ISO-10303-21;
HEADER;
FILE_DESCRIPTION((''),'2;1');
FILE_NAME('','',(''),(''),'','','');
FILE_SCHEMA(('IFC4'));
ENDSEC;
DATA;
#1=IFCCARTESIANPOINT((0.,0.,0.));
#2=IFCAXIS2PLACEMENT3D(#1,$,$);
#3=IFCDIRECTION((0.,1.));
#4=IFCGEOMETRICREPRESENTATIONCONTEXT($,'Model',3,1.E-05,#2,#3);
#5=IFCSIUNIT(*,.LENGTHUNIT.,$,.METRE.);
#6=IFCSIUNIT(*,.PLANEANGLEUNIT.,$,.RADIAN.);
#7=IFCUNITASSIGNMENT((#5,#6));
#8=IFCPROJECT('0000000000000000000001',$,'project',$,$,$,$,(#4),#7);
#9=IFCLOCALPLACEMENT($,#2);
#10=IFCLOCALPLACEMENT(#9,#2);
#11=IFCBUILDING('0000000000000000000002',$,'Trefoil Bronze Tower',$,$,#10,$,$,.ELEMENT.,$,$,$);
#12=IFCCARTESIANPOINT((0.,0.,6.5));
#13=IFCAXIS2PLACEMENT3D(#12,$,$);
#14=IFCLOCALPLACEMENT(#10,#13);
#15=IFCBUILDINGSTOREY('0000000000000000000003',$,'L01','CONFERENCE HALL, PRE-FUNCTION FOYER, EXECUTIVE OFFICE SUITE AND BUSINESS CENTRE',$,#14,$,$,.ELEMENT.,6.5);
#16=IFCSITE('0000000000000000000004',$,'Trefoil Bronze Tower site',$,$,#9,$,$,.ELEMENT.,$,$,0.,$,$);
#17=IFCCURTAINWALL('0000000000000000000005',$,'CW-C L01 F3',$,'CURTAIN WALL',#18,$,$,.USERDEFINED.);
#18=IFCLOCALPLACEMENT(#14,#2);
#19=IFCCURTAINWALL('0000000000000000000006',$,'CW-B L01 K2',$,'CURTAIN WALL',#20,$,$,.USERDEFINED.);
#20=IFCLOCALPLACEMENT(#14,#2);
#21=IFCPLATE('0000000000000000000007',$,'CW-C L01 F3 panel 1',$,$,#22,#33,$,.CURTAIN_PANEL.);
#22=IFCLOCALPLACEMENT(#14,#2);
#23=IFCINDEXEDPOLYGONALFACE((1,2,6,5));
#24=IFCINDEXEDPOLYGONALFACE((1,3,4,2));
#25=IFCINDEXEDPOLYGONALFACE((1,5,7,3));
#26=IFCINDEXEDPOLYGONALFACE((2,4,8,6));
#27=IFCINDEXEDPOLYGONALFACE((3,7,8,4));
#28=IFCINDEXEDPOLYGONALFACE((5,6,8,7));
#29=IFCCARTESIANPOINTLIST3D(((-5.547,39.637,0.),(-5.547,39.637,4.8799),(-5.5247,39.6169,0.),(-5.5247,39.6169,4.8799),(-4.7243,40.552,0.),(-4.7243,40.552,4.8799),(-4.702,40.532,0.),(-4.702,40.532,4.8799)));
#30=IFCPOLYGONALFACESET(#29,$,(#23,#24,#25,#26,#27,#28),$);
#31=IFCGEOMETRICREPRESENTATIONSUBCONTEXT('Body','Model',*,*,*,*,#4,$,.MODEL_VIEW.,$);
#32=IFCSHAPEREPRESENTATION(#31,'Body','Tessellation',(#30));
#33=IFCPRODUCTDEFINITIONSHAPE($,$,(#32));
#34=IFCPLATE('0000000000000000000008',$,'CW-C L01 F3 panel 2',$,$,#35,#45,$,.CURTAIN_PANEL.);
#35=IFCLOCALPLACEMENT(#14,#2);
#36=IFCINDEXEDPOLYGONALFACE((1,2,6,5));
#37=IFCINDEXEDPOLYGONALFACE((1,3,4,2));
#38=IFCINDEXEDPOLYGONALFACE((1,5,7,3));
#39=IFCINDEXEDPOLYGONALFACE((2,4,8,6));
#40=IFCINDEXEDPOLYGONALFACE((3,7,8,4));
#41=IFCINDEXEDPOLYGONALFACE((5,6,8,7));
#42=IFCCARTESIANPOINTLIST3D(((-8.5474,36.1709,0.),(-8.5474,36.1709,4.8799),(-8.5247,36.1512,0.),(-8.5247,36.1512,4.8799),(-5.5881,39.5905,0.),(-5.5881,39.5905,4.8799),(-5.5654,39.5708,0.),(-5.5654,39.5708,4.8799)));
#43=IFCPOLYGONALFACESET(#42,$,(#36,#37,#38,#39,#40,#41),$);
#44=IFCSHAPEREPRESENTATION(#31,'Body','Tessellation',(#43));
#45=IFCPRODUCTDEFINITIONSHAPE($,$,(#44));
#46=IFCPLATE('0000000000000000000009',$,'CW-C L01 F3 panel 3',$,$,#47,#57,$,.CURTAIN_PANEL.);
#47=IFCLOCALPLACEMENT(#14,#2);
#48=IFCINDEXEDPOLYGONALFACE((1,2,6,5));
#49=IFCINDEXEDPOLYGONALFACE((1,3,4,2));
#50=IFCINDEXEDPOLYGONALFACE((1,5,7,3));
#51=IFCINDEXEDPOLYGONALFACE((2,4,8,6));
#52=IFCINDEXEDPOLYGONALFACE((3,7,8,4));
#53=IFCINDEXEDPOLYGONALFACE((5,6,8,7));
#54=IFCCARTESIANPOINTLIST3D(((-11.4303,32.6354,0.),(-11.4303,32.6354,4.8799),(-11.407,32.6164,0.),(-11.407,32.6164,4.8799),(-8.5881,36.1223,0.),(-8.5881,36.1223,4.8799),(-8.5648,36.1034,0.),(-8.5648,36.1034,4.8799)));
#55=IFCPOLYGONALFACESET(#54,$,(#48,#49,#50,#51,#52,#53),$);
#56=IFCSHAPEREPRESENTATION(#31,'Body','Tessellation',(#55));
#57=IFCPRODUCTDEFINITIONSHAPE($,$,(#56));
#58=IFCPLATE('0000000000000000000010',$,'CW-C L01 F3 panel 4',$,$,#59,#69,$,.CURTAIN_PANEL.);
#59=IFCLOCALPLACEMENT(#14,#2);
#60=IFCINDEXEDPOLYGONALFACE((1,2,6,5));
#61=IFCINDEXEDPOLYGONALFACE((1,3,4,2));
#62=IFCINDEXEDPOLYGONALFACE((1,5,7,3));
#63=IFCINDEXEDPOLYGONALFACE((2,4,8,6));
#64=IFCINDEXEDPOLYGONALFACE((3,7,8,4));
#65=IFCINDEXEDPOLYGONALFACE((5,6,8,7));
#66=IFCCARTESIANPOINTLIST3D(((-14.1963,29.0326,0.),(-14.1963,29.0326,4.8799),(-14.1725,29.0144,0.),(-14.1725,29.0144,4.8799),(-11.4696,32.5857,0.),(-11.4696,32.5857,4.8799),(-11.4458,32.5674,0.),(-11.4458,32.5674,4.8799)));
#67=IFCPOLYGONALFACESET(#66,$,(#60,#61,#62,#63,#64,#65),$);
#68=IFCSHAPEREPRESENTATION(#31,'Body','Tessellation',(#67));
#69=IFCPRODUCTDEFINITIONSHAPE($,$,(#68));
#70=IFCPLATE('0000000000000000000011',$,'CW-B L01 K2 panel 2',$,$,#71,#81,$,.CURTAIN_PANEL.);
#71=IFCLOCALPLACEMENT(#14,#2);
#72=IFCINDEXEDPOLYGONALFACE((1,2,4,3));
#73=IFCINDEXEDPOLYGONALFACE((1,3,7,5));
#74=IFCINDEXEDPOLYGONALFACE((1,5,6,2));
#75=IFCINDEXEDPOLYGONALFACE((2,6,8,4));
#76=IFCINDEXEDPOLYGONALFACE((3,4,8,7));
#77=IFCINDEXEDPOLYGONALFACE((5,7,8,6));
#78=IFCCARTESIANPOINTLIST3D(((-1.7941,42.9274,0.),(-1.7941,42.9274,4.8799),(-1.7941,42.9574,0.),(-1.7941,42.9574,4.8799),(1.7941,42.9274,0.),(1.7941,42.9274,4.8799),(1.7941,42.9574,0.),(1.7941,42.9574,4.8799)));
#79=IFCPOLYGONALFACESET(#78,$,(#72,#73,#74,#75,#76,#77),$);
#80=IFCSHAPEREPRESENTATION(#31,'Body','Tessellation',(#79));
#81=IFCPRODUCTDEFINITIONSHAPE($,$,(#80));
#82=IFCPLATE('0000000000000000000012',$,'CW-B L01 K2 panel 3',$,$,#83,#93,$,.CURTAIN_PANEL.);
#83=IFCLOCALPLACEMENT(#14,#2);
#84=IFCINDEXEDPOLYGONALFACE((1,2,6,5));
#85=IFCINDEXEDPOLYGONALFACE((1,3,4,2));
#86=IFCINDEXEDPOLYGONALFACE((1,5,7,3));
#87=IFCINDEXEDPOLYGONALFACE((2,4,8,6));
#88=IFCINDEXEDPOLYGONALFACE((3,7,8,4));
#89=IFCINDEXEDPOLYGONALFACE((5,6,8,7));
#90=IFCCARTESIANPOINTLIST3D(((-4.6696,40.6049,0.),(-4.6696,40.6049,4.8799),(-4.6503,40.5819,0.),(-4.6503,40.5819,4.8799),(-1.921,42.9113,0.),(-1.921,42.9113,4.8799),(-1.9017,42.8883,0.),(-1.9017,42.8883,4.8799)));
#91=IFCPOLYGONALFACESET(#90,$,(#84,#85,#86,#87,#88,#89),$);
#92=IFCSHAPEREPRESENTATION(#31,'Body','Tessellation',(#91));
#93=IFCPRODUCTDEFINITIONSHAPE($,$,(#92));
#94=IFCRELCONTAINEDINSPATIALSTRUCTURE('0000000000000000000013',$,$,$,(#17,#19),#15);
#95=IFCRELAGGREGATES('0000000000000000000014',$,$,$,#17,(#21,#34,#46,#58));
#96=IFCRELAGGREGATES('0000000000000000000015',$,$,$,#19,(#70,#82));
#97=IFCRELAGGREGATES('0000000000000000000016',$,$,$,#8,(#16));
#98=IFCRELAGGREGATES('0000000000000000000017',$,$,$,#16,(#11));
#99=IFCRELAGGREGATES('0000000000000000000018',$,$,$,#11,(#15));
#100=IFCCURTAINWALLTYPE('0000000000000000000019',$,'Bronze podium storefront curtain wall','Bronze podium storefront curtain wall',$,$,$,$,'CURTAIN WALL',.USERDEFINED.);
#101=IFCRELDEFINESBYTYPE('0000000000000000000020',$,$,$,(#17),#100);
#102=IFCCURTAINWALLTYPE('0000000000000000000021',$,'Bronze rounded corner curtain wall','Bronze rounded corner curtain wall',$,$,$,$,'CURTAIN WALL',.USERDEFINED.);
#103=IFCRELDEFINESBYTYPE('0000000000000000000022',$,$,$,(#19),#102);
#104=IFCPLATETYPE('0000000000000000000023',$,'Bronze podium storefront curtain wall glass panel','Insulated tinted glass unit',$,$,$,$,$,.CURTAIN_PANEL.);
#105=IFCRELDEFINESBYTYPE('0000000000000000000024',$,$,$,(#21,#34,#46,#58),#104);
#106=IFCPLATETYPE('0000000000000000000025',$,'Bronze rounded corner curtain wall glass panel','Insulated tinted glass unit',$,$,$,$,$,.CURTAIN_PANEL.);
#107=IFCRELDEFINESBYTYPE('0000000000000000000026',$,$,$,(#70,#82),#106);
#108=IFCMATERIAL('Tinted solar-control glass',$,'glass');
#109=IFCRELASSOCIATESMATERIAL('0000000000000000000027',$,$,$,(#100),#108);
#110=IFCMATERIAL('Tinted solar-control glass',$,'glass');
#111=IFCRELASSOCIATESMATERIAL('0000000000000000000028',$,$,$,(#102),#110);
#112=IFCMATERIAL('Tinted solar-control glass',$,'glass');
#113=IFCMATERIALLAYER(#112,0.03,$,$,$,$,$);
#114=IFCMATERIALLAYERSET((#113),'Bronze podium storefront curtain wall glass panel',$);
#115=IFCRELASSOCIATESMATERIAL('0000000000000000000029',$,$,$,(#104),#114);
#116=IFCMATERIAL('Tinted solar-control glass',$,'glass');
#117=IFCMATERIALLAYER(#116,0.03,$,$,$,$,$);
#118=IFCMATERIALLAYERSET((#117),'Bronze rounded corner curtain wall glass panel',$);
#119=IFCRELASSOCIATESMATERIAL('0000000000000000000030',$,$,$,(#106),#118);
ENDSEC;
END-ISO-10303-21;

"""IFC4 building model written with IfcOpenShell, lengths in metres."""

from ifc_helpers import new_model, si_unit, direction, frame, origin, origin_2d, place, context, subcontext, project, spatial, rectangle, extrude, material, layer, layer_set, type_object, element, aggregate, save


model = new_model("IFC4")

# Units and contexts
model_context = context("Model", 3, precision=1e-05, world=origin(), true_north=direction((0.0, 1.0)))
body_context = subcontext(model_context, "Body", "Model", "MODEL_VIEW")
ifc_project = project(units=[si_unit("LENGTHUNIT", "METRE"), si_unit("PLANEANGLEUNIT", "RADIAN")], contexts=[model_context])

# Site, building, storey
site_placement = place(None, origin())
site = spatial("IfcSite", under=ifc_project, at=site_placement, Name="Trefoil Bronze Tower site", CompositionType="ELEMENT", RefElevation=0.0)
building_placement = place(site_placement, origin())
building = spatial("IfcBuilding", under=site, at=building_placement, Name="Trefoil Bronze Tower", CompositionType="ELEMENT")
storey_placement = place(building_placement, frame((0.0, 0.0, 6.5)))
storey = spatial("IfcBuildingStorey", under=building, at=storey_placement, Name="L01", Description="CONFERENCE HALL, PRE-FUNCTION FOYER, EXECUTIVE OFFICE SUITE AND BUSINESS CENTRE", CompositionType="ELEMENT", Elevation=6.5)

# Curtain walls
ifc_material_1 = material(Name="Tinted solar-control glass", Category="glass")
curtain_wall_type_1 = type_object("IfcCurtainWallType", Name="Bronze podium storefront curtain wall", Description="Bronze podium storefront curtain wall", ElementType="CURTAIN WALL", PredefinedType="USERDEFINED", material=ifc_material_1)
curtain_wall_1_placement = place(storey_placement, origin())
curtain_wall_1 = element("IfcCurtainWall", 1, at=curtain_wall_1_placement, inside=storey, type_object=curtain_wall_type_1, Name="CW-C L01 F3", ObjectType="CURTAIN WALL", PredefinedType="USERDEFINED")
ifc_material_2 = material(Name="Tinted solar-control glass", Category="glass")
curtain_wall_type_2 = type_object("IfcCurtainWallType", Name="Bronze rounded corner curtain wall", Description="Bronze rounded corner curtain wall", ElementType="CURTAIN WALL", PredefinedType="USERDEFINED", material=ifc_material_2)
curtain_wall_2_placement = place(storey_placement, origin())
curtain_wall_2 = element("IfcCurtainWall", 2, at=curtain_wall_2_placement, inside=storey, type_object=curtain_wall_type_2, Name="CW-B L01 K2", ObjectType="CURTAIN WALL", PredefinedType="USERDEFINED")

# Plates
ifc_material_3 = material(Name="Tinted solar-control glass", Category="glass")
ifc_layer_1 = layer(ifc_material_3, 0.03)
ifc_layer_set_1 = layer_set([ifc_layer_1], Name="Bronze podium storefront curtain wall glass panel")
plate_type_1 = type_object("IfcPlateType", Name="Bronze podium storefront curtain wall glass panel", Description="Insulated tinted glass unit", PredefinedType="CURTAIN_PANEL", material=ifc_layer_set_1)
plate_1_placement = place(storey_placement, frame((-5.1245, 40.0845, 0.0), z_axis=(0.0, 0.0, 1.0), x_axis=(-0.668575, -0.743645, 0.0)))
plate_1 = element("IfcPlate", 3, at=plate_1_placement, type_object=plate_type_1, Name="CW-C L01 F3 panel 1", PredefinedType="CURTAIN_PANEL", context=body_context, shape_type="SweptSolid", body=[
    extrude(rectangle(XDim=1.2305, YDim=0.03, at=origin_2d()), origin(), (0.0, 0.0, 1.0), 4.8799),
])
plate_2_placement = place(storey_placement, frame((-7.0564, 37.8708, 0.0), z_axis=(0.0, 0.0, 1.0), x_axis=(-0.654376, -0.756169, 0.0)))
plate_2 = element("IfcPlate", 4, at=plate_2_placement, type_object=plate_type_1, Name="CW-C L01 F3 panel 2", PredefinedType="CURTAIN_PANEL", context=body_context, shape_type="SweptSolid", body=[
    extrude(rectangle(XDim=4.5222, YDim=0.03, at=origin_2d()), origin(), (0.0, 0.0, 1.0), 4.8799),
])
plate_3_placement = place(storey_placement, frame((-9.9976, 34.3694, 0.0), z_axis=(0.0, 0.0, 1.0), x_axis=(-0.631811, -0.775123, 0.0)))
plate_3 = element("IfcPlate", 5, at=plate_3_placement, type_object=plate_type_1, Name="CW-C L01 F3 panel 3", PredefinedType="CURTAIN_PANEL", context=body_context, shape_type="SweptSolid", body=[
    extrude(rectangle(XDim=4.4985, YDim=0.03, at=origin_2d()), origin(), (0.0, 0.0, 1.0), 4.8799),
])
plate_4_placement = place(storey_placement, frame((-12.821, 30.8, 0.0), z_axis=(0.0, 0.0, 1.0), x_axis=(-0.608808, -0.793318, 0.0)))
plate_4 = element("IfcPlate", 6, at=plate_4_placement, type_object=plate_type_1, Name="CW-C L01 F3 panel 4", PredefinedType="CURTAIN_PANEL", context=body_context, shape_type="SweptSolid", body=[
    extrude(rectangle(XDim=4.4788, YDim=0.03, at=origin_2d()), origin(), (0.0, 0.0, 1.0), 4.8799),
])
aggregate(curtain_wall_1, [plate_1, plate_2, plate_3, plate_4])
ifc_material_4 = material(Name="Tinted solar-control glass", Category="glass")
ifc_layer_2 = layer(ifc_material_4, 0.03)
ifc_layer_set_2 = layer_set([ifc_layer_2], Name="Bronze rounded corner curtain wall glass panel")
plate_type_2 = type_object("IfcPlateType", Name="Bronze rounded corner curtain wall glass panel", Description="Insulated tinted glass unit", PredefinedType="CURTAIN_PANEL", material=ifc_layer_set_2)
plate_5_placement = place(storey_placement, frame((0.0, 42.9424, 0.0), z_axis=(0.0, 0.0, 1.0), x_axis=(-1.0, 0.0, 0.0)))
plate_5 = element("IfcPlate", 7, at=plate_5_placement, type_object=plate_type_2, Name="CW-B L01 K2 panel 2", PredefinedType="CURTAIN_PANEL", context=body_context, shape_type="SweptSolid", body=[
    extrude(rectangle(XDim=3.5881, YDim=0.03, at=origin_2d()), origin(), (0.0, 0.0, 1.0), 4.8799),
])
plate_6_placement = place(storey_placement, frame((-3.2856, 41.7466, 0.0), z_axis=(0.0, 0.0, 1.0), x_axis=(-0.766044, -0.642788, 0.0)))
plate_6 = element("IfcPlate", 8, at=plate_6_placement, type_object=plate_type_2, Name="CW-B L01 K2 panel 3", PredefinedType="CURTAIN_PANEL", context=body_context, shape_type="SweptSolid", body=[
    extrude(rectangle(XDim=3.5881, YDim=0.03, at=origin_2d()), origin(), (0.0, 0.0, 1.0), 4.8799),
])
aggregate(curtain_wall_2, [plate_5, plate_6])

save(model, "model.ifc")
